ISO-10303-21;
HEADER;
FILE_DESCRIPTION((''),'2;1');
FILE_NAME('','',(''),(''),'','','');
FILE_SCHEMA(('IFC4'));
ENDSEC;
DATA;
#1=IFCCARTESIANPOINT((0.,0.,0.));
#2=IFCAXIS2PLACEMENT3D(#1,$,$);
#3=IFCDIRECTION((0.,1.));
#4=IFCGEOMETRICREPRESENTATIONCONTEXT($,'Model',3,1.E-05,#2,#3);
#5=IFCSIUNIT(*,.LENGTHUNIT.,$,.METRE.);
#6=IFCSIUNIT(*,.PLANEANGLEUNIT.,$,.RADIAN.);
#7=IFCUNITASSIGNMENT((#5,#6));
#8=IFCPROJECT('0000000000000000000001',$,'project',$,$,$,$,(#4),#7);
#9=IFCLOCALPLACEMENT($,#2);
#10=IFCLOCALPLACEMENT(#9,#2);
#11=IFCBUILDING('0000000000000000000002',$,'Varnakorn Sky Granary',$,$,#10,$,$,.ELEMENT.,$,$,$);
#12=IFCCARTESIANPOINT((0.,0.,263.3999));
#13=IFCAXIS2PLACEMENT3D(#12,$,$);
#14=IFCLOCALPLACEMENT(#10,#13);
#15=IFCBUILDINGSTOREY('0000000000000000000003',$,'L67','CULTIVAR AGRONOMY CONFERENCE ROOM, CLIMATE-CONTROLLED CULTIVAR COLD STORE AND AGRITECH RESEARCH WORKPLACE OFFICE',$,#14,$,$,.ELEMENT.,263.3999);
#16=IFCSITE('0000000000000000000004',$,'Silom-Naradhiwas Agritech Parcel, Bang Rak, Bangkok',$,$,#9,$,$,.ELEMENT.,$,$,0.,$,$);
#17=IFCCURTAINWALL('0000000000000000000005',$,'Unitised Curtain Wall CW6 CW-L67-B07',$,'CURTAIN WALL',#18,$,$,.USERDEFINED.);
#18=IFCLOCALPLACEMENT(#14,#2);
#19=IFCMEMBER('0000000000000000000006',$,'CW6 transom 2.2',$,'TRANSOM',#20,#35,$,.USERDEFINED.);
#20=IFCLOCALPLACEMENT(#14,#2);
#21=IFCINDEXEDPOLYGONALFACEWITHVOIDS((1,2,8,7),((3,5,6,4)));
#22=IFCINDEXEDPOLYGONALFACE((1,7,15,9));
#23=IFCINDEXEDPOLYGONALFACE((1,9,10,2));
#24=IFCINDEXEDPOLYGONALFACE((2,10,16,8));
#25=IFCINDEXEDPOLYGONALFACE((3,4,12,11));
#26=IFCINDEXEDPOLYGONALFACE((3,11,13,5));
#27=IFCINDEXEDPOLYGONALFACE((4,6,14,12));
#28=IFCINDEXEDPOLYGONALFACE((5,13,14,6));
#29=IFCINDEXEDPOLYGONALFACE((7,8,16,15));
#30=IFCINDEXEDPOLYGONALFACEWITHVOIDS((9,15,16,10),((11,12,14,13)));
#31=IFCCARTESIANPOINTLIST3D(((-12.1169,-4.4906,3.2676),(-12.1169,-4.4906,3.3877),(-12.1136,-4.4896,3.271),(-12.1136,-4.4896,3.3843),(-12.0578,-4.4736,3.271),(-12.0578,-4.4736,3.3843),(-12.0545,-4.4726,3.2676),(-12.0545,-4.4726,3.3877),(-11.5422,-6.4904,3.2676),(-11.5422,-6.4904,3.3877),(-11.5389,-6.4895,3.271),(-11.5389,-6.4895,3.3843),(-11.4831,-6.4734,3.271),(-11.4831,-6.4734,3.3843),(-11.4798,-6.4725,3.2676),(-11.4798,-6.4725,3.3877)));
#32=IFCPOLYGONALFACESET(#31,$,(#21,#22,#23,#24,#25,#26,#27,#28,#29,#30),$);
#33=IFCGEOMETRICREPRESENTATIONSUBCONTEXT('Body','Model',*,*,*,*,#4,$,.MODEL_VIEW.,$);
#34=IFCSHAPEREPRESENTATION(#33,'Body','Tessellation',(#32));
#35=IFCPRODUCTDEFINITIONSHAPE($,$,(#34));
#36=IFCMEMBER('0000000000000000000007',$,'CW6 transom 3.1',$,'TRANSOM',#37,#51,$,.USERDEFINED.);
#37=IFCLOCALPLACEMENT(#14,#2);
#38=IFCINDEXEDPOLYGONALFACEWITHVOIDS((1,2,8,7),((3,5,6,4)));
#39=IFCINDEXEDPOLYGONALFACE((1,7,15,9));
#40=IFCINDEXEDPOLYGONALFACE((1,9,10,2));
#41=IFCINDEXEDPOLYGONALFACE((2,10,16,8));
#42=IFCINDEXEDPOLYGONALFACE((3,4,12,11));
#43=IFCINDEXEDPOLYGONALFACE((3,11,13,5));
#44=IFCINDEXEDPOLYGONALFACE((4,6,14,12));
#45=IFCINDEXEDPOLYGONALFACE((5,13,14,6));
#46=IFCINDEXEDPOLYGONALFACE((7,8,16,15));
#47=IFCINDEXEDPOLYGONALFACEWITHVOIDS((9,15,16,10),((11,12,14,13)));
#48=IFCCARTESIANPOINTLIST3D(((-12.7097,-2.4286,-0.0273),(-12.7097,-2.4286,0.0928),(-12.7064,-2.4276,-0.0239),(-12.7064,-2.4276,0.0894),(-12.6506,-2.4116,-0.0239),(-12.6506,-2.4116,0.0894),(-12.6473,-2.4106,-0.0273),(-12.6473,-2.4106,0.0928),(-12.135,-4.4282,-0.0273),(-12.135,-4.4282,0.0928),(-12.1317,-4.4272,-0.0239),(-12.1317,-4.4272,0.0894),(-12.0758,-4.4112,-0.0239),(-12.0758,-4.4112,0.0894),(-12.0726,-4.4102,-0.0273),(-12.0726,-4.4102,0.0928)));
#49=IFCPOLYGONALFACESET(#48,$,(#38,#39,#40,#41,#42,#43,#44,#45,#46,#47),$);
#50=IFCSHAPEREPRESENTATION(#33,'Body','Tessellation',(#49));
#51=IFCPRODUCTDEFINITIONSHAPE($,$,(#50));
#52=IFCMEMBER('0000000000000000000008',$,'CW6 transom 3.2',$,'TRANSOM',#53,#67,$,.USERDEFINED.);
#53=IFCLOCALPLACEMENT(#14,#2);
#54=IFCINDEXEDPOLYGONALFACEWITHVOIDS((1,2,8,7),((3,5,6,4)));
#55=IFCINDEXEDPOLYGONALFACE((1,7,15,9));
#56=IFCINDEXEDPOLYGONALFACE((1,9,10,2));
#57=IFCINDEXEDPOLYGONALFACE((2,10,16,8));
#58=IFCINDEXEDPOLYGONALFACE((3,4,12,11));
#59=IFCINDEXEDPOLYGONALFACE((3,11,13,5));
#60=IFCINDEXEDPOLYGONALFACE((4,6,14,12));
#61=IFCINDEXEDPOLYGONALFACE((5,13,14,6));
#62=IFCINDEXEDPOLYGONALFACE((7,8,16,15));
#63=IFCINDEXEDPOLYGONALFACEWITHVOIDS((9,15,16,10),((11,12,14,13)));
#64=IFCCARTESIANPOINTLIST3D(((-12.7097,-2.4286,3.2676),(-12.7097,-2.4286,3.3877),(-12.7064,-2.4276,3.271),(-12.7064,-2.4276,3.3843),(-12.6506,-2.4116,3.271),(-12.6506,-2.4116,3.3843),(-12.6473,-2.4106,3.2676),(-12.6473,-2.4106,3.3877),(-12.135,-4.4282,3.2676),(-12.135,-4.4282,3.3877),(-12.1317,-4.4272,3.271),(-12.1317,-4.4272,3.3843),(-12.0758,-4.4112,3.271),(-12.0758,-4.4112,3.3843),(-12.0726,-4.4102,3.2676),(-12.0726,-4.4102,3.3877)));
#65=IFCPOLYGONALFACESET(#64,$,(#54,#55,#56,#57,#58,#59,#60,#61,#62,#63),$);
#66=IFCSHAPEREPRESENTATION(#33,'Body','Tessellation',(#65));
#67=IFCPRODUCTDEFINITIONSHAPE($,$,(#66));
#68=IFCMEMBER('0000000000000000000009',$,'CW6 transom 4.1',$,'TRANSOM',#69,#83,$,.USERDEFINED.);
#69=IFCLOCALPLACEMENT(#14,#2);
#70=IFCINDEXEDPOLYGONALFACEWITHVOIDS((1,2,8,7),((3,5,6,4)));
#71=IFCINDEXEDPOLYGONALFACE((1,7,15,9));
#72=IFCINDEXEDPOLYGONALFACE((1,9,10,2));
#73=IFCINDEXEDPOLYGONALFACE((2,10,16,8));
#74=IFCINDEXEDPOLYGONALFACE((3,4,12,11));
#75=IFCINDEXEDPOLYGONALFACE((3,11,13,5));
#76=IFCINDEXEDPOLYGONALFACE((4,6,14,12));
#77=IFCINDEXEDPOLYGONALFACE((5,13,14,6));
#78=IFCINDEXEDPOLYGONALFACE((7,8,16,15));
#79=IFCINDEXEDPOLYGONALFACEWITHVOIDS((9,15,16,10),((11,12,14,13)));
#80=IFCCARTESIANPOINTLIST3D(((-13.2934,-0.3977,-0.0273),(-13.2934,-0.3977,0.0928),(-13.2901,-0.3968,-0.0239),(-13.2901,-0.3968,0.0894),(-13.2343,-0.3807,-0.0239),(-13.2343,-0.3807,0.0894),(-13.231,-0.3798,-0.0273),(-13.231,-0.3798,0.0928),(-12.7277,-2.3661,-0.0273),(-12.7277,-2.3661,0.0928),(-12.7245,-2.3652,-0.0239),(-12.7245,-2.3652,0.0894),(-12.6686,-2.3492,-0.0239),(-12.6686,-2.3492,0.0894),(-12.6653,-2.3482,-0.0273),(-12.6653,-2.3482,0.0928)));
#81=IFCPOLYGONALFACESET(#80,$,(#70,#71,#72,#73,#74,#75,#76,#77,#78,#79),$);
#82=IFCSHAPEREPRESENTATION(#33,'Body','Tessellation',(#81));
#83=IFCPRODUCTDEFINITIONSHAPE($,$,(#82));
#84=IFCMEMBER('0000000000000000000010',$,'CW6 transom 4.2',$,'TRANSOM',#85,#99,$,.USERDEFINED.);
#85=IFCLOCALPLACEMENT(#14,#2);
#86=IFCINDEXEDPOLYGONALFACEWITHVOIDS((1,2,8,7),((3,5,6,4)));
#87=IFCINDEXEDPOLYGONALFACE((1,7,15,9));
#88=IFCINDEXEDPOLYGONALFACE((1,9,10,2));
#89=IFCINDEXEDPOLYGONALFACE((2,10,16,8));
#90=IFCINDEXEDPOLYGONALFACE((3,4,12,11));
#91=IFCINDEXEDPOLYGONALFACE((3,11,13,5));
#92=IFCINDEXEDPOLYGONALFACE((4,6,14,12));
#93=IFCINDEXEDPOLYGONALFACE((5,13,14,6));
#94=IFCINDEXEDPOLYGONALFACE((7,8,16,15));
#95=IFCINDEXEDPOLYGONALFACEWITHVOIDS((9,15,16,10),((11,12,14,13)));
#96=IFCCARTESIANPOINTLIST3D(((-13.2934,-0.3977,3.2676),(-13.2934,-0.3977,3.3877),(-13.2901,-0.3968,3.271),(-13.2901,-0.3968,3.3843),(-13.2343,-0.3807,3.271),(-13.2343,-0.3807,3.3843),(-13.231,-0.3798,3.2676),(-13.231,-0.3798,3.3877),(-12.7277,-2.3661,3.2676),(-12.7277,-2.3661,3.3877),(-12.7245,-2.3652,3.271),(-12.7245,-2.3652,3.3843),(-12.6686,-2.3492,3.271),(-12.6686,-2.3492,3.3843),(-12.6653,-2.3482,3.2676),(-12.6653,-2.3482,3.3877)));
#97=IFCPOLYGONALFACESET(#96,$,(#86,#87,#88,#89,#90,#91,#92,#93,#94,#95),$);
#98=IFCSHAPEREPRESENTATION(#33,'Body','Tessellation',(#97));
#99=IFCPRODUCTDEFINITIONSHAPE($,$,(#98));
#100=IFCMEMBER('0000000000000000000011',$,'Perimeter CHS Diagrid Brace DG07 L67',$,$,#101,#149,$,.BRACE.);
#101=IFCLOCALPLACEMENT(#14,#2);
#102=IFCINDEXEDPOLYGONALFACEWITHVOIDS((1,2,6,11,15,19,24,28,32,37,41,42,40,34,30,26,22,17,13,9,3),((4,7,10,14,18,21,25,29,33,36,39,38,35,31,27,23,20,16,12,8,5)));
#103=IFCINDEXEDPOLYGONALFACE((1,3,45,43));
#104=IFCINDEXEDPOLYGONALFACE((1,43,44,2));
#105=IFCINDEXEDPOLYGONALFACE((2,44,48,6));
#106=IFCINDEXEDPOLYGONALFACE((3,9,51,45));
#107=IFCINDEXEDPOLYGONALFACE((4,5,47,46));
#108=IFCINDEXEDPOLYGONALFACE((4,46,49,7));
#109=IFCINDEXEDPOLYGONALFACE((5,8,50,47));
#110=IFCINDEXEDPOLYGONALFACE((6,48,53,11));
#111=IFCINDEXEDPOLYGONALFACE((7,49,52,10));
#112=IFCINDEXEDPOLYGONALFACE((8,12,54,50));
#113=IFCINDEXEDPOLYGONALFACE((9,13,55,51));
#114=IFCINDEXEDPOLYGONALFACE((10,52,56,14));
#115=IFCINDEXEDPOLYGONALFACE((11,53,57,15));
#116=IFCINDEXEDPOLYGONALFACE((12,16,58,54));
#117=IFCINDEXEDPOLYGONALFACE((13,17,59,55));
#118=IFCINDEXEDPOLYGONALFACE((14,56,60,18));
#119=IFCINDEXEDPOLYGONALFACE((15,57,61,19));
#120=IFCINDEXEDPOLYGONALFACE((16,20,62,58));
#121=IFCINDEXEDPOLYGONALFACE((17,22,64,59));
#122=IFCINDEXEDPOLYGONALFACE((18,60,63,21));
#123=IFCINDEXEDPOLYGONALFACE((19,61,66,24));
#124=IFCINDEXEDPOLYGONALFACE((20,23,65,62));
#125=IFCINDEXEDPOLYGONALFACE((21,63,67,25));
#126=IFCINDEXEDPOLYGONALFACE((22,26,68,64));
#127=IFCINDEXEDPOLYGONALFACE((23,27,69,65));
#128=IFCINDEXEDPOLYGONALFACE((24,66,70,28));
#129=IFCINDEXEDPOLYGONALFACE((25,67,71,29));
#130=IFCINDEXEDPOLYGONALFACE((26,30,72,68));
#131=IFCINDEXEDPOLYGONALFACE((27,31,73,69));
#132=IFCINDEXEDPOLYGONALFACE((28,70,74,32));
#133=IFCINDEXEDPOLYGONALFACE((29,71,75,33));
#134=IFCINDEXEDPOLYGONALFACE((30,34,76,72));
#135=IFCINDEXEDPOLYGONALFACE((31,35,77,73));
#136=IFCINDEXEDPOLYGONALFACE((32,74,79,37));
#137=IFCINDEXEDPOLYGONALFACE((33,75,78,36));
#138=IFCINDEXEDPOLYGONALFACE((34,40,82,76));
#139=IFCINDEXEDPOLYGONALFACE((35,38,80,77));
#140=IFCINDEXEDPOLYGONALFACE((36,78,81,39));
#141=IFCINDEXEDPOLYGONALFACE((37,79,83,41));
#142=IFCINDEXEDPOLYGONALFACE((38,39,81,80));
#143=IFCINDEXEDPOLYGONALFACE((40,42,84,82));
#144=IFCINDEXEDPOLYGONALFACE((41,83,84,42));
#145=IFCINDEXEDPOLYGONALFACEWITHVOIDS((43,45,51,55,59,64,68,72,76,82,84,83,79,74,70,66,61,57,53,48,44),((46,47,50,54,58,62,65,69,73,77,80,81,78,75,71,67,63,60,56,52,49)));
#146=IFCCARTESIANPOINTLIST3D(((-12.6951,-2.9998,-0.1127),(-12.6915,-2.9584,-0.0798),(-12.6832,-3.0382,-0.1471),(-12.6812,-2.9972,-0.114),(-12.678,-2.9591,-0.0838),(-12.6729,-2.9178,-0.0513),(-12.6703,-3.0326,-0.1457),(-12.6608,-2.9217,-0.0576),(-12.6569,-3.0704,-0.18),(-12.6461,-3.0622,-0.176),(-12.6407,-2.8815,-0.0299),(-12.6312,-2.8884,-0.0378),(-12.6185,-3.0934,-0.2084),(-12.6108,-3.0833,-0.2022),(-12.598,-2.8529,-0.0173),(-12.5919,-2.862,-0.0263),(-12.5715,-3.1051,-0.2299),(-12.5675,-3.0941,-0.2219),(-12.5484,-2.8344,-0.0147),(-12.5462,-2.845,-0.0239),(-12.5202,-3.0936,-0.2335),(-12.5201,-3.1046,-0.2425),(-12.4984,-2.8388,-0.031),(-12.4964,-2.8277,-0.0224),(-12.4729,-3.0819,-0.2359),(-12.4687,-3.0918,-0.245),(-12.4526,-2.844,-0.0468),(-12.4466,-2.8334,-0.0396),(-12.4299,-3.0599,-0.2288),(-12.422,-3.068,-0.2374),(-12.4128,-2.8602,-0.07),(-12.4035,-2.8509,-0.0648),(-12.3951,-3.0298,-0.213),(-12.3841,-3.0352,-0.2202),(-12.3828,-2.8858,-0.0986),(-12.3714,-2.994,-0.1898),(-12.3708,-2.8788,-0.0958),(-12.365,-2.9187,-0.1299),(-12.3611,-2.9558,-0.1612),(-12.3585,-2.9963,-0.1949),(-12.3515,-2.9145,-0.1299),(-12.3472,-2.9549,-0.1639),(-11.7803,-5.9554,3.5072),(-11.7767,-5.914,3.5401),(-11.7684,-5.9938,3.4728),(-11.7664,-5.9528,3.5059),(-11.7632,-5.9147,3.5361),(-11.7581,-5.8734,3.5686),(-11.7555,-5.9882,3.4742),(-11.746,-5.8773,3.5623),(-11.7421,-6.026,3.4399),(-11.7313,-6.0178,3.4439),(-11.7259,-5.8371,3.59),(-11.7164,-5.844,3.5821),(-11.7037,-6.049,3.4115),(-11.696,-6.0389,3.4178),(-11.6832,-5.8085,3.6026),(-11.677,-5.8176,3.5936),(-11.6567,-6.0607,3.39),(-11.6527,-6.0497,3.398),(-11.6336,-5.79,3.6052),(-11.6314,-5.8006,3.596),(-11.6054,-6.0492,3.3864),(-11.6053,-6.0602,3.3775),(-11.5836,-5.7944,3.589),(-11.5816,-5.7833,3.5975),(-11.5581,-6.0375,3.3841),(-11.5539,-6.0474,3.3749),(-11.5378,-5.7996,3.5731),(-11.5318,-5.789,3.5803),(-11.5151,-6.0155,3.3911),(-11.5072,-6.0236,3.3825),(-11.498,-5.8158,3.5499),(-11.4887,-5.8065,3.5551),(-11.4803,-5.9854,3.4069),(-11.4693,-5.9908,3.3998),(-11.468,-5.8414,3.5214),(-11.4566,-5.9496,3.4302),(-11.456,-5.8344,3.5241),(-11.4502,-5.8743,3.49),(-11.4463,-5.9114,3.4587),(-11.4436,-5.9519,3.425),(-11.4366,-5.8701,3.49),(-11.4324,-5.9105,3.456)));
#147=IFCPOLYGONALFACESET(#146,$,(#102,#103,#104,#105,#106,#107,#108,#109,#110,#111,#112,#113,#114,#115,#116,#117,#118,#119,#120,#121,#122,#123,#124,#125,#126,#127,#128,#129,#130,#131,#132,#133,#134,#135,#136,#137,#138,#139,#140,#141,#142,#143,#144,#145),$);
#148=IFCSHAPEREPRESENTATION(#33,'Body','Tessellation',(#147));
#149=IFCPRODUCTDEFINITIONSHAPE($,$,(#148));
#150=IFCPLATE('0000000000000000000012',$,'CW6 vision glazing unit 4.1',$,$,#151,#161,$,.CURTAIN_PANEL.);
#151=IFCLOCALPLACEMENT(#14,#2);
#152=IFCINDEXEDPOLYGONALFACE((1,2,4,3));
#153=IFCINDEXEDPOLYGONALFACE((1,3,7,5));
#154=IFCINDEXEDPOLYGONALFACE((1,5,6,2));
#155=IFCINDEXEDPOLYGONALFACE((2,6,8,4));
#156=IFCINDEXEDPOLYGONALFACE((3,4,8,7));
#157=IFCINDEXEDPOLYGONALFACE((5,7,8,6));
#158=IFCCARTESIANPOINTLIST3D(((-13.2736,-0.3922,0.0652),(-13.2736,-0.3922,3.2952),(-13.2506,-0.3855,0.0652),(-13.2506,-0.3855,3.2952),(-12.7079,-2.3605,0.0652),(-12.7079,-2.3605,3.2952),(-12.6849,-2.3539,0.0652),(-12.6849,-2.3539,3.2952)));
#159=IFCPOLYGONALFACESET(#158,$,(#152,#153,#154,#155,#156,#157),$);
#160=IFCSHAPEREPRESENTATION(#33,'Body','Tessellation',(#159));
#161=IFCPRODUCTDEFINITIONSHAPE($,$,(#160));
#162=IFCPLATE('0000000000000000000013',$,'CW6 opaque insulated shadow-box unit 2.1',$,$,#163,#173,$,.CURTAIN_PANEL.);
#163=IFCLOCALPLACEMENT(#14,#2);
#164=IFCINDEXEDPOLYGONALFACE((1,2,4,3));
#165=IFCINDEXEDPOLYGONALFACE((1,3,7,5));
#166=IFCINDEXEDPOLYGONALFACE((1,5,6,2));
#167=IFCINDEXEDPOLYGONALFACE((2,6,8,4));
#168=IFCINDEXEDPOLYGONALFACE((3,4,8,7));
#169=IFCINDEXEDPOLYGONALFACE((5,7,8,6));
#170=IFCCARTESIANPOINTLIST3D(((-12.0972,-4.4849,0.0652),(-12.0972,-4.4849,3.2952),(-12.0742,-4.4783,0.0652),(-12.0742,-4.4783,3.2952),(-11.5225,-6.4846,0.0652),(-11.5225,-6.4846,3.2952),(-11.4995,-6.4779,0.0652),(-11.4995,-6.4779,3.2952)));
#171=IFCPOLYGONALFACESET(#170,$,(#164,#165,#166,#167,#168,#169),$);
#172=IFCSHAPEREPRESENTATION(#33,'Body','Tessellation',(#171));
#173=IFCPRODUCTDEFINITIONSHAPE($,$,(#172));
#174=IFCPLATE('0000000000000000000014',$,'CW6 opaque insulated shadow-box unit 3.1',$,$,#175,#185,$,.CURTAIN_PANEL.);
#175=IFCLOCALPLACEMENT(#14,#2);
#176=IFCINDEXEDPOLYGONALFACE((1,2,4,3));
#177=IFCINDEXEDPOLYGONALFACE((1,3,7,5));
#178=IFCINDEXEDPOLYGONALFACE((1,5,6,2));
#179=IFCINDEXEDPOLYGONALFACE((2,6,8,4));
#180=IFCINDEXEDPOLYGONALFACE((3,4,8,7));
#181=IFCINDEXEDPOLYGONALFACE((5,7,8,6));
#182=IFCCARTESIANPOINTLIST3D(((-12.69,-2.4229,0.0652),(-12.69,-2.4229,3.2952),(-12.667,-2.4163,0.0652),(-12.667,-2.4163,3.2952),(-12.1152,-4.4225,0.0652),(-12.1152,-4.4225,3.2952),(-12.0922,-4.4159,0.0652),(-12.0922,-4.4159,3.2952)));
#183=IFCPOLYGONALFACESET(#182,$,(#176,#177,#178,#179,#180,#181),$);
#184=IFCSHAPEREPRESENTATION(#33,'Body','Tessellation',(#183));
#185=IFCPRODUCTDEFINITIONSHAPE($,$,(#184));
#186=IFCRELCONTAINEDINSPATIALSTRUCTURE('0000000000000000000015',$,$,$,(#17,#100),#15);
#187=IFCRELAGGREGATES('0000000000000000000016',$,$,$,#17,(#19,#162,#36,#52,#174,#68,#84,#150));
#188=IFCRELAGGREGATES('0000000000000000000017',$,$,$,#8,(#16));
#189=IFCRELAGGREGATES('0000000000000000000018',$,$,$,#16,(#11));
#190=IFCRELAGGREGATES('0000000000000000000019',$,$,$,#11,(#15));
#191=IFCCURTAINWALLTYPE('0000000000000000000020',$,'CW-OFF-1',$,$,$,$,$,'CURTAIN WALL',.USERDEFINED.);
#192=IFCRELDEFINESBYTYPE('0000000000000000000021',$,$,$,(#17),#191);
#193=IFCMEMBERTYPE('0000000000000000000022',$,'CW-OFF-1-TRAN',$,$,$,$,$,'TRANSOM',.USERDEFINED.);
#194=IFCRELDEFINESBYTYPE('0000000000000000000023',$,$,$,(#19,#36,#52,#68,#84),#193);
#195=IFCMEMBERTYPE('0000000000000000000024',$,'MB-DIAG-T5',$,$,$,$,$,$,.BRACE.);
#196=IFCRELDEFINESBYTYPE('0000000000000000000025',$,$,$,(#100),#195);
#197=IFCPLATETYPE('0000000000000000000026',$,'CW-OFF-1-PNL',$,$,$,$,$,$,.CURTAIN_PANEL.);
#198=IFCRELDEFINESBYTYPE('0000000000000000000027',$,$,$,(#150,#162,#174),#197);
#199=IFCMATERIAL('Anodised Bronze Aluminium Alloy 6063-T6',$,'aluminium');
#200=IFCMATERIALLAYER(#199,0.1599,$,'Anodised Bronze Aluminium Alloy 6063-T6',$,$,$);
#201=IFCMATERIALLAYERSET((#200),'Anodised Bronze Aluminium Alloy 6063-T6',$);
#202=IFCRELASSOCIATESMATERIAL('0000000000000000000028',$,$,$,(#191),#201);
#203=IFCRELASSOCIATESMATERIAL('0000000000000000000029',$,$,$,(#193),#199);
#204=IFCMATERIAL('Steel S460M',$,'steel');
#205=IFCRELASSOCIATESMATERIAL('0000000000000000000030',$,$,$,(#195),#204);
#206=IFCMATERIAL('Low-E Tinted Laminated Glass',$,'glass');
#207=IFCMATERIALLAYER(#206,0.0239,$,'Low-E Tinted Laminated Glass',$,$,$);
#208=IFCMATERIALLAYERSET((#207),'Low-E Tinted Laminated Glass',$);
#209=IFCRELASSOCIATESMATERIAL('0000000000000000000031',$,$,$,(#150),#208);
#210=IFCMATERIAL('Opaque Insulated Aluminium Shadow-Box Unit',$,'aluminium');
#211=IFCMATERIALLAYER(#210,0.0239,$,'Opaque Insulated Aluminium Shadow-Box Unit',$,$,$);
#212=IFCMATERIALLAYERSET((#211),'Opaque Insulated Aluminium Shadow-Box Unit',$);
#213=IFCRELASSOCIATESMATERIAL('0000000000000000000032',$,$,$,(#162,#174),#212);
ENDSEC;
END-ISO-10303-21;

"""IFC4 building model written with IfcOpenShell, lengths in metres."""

from ifc_helpers import new_model, si_unit, direction, frame, origin, origin_2d, place, context, subcontext, project, spatial, rectangle, hollow_rectangle, hollow_circle, extrude, source, transform, mapped, material, layer, layer_set, material_profile, profile_set, type_object, type_shapes, element, aggregate, save


model = new_model("IFC4")

# Units and contexts
model_context = context("Model", 3, precision=1e-05, world=origin(), true_north=direction((0.0, 1.0)))
body_context = subcontext(model_context, "Body", "Model", "MODEL_VIEW")
ifc_project = project(units=[si_unit("LENGTHUNIT", "METRE"), si_unit("PLANEANGLEUNIT", "RADIAN")], contexts=[model_context])

# Site, building, storey
site_placement = place(None, origin())
site = spatial("IfcSite", under=ifc_project, at=site_placement, Name="Silom-Naradhiwas Agritech Parcel, Bang Rak, Bangkok", CompositionType="ELEMENT", RefElevation=0.0)
building_placement = place(site_placement, origin())
building = spatial("IfcBuilding", under=site, at=building_placement, Name="Varnakorn Sky Granary", CompositionType="ELEMENT")
storey_placement = place(building_placement, frame((0.0, 0.0, 263.3999)))
storey = spatial("IfcBuildingStorey", under=building, at=storey_placement, Name="L67", Description="CULTIVAR AGRONOMY CONFERENCE ROOM, CLIMATE-CONTROLLED CULTIVAR COLD STORE AND AGRITECH RESEARCH WORKPLACE OFFICE", CompositionType="ELEMENT", Elevation=263.3999)

# Shared definitions
ifc_material_1 = material(Name="Steel S460M", Category="steel")

# Curtain wall, members
ifc_material_2 = material(Name="Anodised Bronze Aluminium Alloy 6063-T6", Category="aluminium")
ifc_layer_1 = layer(ifc_material_2, 0.1599, Name="Anodised Bronze Aluminium Alloy 6063-T6")
ifc_layer_set_1 = layer_set([ifc_layer_1], Name="Anodised Bronze Aluminium Alloy 6063-T6")
curtain_wall_type = type_object("IfcCurtainWallType", Name="CW-OFF-1", ElementType="CURTAIN WALL", PredefinedType="USERDEFINED", material=ifc_layer_set_1)
curtain_wall_placement = place(storey_placement, origin())
curtain_wall = element("IfcCurtainWall", 1, at=curtain_wall_placement, inside=storey, type_object=curtain_wall_type, Name="Unitised Curtain Wall CW6 CW-L67-B07", ObjectType="CURTAIN WALL", PredefinedType="USERDEFINED")
ifc_material_profile_1 = material_profile(ifc_material_2, hollow_rectangle(XDim=0.0649, YDim=0.1201, WallThickness=0.0034, at=origin_2d()), Name="ALU TRAN 65x120")
ifc_profile_set_1 = profile_set([ifc_material_profile_1], Name="Anodised Bronze Aluminium Alloy 6063-T6")
member_type_1 = type_object("IfcMemberType", Name="CW-OFF-1-TRAN", ElementType="TRANSOM", PredefinedType="USERDEFINED", material=ifc_profile_set_1)
member_1_placement = place(storey_placement, frame((-11.511, -6.4814, 3.3276), z_axis=(-0.276209, 0.961098, 0.0), x_axis=(-0.961098, -0.276209, 0.0)))
member_1 = element("IfcMember", 2, at=member_1_placement, type_object=member_type_1, Name="CW6 transom 2.2", ObjectType="TRANSOM", PredefinedType="USERDEFINED", context=body_context, shape_type="SweptSolid", body=[
    extrude(hollow_rectangle(XDim=0.0649, YDim=0.1201, WallThickness=0.0034, at=origin_2d()), origin(), (0.0, 0.0, 1.0), 2.0808),
])
member_2_placement = place(storey_placement, frame((-12.1038, -4.4192, 0.0327), z_axis=(-0.27624, 0.961089, 0.0), x_axis=(-0.961089, -0.27624, 0.0)))
member_2 = element("IfcMember", 3, at=member_2_placement, type_object=member_type_1, Name="CW6 transom 3.1", ObjectType="TRANSOM", PredefinedType="USERDEFINED", context=body_context, shape_type="SweptSolid", body=[
    extrude(hollow_rectangle(XDim=0.0649, YDim=0.1201, WallThickness=0.0034, at=origin_2d()), origin(), (0.0, 0.0, 1.0), 2.0806),
])
member_3_placement = place(storey_placement, frame((-12.1038, -4.4192, 3.3276), z_axis=(-0.27624, 0.961089, 0.0), x_axis=(-0.961089, -0.27624, 0.0)))
member_3 = element("IfcMember", 4, at=member_3_placement, type_object=member_type_1, Name="CW6 transom 3.2", ObjectType="TRANSOM", PredefinedType="USERDEFINED", context=body_context, shape_type="SweptSolid", body=[
    extrude(hollow_rectangle(XDim=0.0649, YDim=0.1201, WallThickness=0.0034, at=origin_2d()), origin(), (0.0, 0.0, 1.0), 2.0806),
])
member_4_placement = place(storey_placement, frame((-12.6965, -2.3572, 0.0327), z_axis=(-0.276185, 0.961105, 0.0), x_axis=(-0.961105, -0.276185, 0.0)))
member_4 = element("IfcMember", 5, at=member_4_placement, type_object=member_type_1, Name="CW6 transom 4.1", ObjectType="TRANSOM", PredefinedType="USERDEFINED", context=body_context, shape_type="SweptSolid", body=[
    extrude(hollow_rectangle(XDim=0.0649, YDim=0.1201, WallThickness=0.0034, at=origin_2d()), origin(), (0.0, 0.0, 1.0), 2.0481),
])
member_5_placement = place(storey_placement, frame((-12.6965, -2.3572, 3.3276), z_axis=(-0.276185, 0.961105, 0.0), x_axis=(-0.961105, -0.276185, 0.0)))
member_5 = element("IfcMember", 6, at=member_5_placement, type_object=member_type_1, Name="CW6 transom 4.2", ObjectType="TRANSOM", PredefinedType="USERDEFINED", context=body_context, shape_type="SweptSolid", body=[
    extrude(hollow_rectangle(XDim=0.0649, YDim=0.1201, WallThickness=0.0034, at=origin_2d()), origin(), (0.0, 0.0, 1.0), 2.0481),
])

# Member
ifc_material_profile_2 = material_profile(ifc_material_1, hollow_circle(Radius=0.1777, WallThickness=0.0142, at=origin_2d()), Name="CHS 355.6x14")
ifc_profile_set_2 = profile_set([ifc_material_profile_2], Name="Steel S460M")
member_type_2 = type_object("IfcMemberType", Name="MB-DIAG-T5", PredefinedType="BRACE", material=ifc_profile_set_2)
member_6_placement = place(storey_placement, frame((-12.5212, -2.967, -0.1299), z_axis=(0.192107, -0.620669, 0.760174), x_axis=(0.955288, 0.295677, 0.0)))
element("IfcMember", 7, at=member_6_placement, inside=storey, type_object=member_type_2, Name="Perimeter CHS Diagrid Brace DG07 L67", PredefinedType="BRACE", context=body_context, shape_type="SweptSolid", body=[
    extrude(hollow_circle(Radius=0.1777, WallThickness=0.0142, at=origin_2d()), origin(), (0.0, 0.0, 1.0), 4.762),
])

# Plates
ifc_material_3 = material(Name="Low-E Tinted Laminated Glass", Category="glass")
ifc_layer_2 = layer(ifc_material_3, 0.0239, Name="Low-E Tinted Laminated Glass")
ifc_layer_set_2 = layer_set([ifc_layer_2], Name="Low-E Tinted Laminated Glass")
plate_type = type_object("IfcPlateType", Name="CW-OFF-1-PNL", PredefinedType="CURTAIN_PANEL")
shared_shape_1 = source(origin(), body_context, "Body", "SweptSolid", [
    extrude(rectangle(XDim=2.0481, YDim=0.0239, at=origin_2d()), origin(), (0.0, 0.0, 1.0), 3.23),
])
plate_1_placement = place(storey_placement, frame((-12.9792, -1.373, 0.0652), z_axis=(0.0, 0.0, 1.0), x_axis=(-0.276252, 0.961085, 0.0)))
plate_1 = element("IfcPlate", 8, at=plate_1_placement, type_object=plate_type, material=ifc_layer_set_2, Name="CW6 vision glazing unit 4.1", PredefinedType="CURTAIN_PANEL", context=body_context, shape_type="MappedRepresentation", body=[
    mapped(shared_shape_1, transform((0.0, 0.0, 0.0), x_axis=(1.0, 0.0, 0.0), y_axis=(0.0, 1.0, 0.0), z_axis=(0.0, 0.0, 1.0), scale=1.0)),
])
ifc_material_4 = material(Name="Opaque Insulated Aluminium Shadow-Box Unit", Category="aluminium")
ifc_layer_3 = layer(ifc_material_4, 0.0239, Name="Opaque Insulated Aluminium Shadow-Box Unit")
ifc_layer_set_3 = layer_set([ifc_layer_3], Name="Opaque Insulated Aluminium Shadow-Box Unit")
shared_shape_2 = source(origin(), body_context, "Body", "SweptSolid", [
    extrude(rectangle(XDim=2.0806, YDim=0.0239, at=origin_2d()), origin(), (0.0, 0.0, 1.0), 3.23),
])
type_shapes(plate_type, [shared_shape_1, shared_shape_2])
plate_2_placement = place(storey_placement, frame((-11.7983, -5.4814, 0.0652), z_axis=(0.0, 0.0, 1.0), x_axis=(-0.276252, 0.961085, 0.0)))
plate_2 = element("IfcPlate", 9, at=plate_2_placement, type_object=plate_type, material=ifc_layer_set_3, Name="CW6 opaque insulated shadow-box unit 2.1", PredefinedType="CURTAIN_PANEL", context=body_context, shape_type="MappedRepresentation", body=[
    mapped(shared_shape_2, transform((0.0, 0.0, 0.0), x_axis=(1.0, 0.0, 0.0), y_axis=(0.0, 1.0, 0.0), z_axis=(0.0, 0.0, 1.0), scale=1.0)),
])
plate_3_placement = place(storey_placement, frame((-12.3911, -3.4194, 0.0652), z_axis=(0.0, 0.0, 1.0), x_axis=(-0.276252, 0.961085, 0.0)))
plate_3 = element("IfcPlate", 10, at=plate_3_placement, type_object=plate_type, material=ifc_layer_set_3, Name="CW6 opaque insulated shadow-box unit 3.1", PredefinedType="CURTAIN_PANEL", context=body_context, shape_type="MappedRepresentation", body=[
    mapped(shared_shape_2, transform((0.0, 0.0, 0.0), x_axis=(1.0, 0.0, 0.0), y_axis=(0.0, 1.0, 0.0), z_axis=(0.0, 0.0, 1.0), scale=1.0)),
])
aggregate(curtain_wall, [member_1, plate_2, member_2, member_3, plate_3, member_4, member_5, plate_1])

save(model, "model.ifc")
